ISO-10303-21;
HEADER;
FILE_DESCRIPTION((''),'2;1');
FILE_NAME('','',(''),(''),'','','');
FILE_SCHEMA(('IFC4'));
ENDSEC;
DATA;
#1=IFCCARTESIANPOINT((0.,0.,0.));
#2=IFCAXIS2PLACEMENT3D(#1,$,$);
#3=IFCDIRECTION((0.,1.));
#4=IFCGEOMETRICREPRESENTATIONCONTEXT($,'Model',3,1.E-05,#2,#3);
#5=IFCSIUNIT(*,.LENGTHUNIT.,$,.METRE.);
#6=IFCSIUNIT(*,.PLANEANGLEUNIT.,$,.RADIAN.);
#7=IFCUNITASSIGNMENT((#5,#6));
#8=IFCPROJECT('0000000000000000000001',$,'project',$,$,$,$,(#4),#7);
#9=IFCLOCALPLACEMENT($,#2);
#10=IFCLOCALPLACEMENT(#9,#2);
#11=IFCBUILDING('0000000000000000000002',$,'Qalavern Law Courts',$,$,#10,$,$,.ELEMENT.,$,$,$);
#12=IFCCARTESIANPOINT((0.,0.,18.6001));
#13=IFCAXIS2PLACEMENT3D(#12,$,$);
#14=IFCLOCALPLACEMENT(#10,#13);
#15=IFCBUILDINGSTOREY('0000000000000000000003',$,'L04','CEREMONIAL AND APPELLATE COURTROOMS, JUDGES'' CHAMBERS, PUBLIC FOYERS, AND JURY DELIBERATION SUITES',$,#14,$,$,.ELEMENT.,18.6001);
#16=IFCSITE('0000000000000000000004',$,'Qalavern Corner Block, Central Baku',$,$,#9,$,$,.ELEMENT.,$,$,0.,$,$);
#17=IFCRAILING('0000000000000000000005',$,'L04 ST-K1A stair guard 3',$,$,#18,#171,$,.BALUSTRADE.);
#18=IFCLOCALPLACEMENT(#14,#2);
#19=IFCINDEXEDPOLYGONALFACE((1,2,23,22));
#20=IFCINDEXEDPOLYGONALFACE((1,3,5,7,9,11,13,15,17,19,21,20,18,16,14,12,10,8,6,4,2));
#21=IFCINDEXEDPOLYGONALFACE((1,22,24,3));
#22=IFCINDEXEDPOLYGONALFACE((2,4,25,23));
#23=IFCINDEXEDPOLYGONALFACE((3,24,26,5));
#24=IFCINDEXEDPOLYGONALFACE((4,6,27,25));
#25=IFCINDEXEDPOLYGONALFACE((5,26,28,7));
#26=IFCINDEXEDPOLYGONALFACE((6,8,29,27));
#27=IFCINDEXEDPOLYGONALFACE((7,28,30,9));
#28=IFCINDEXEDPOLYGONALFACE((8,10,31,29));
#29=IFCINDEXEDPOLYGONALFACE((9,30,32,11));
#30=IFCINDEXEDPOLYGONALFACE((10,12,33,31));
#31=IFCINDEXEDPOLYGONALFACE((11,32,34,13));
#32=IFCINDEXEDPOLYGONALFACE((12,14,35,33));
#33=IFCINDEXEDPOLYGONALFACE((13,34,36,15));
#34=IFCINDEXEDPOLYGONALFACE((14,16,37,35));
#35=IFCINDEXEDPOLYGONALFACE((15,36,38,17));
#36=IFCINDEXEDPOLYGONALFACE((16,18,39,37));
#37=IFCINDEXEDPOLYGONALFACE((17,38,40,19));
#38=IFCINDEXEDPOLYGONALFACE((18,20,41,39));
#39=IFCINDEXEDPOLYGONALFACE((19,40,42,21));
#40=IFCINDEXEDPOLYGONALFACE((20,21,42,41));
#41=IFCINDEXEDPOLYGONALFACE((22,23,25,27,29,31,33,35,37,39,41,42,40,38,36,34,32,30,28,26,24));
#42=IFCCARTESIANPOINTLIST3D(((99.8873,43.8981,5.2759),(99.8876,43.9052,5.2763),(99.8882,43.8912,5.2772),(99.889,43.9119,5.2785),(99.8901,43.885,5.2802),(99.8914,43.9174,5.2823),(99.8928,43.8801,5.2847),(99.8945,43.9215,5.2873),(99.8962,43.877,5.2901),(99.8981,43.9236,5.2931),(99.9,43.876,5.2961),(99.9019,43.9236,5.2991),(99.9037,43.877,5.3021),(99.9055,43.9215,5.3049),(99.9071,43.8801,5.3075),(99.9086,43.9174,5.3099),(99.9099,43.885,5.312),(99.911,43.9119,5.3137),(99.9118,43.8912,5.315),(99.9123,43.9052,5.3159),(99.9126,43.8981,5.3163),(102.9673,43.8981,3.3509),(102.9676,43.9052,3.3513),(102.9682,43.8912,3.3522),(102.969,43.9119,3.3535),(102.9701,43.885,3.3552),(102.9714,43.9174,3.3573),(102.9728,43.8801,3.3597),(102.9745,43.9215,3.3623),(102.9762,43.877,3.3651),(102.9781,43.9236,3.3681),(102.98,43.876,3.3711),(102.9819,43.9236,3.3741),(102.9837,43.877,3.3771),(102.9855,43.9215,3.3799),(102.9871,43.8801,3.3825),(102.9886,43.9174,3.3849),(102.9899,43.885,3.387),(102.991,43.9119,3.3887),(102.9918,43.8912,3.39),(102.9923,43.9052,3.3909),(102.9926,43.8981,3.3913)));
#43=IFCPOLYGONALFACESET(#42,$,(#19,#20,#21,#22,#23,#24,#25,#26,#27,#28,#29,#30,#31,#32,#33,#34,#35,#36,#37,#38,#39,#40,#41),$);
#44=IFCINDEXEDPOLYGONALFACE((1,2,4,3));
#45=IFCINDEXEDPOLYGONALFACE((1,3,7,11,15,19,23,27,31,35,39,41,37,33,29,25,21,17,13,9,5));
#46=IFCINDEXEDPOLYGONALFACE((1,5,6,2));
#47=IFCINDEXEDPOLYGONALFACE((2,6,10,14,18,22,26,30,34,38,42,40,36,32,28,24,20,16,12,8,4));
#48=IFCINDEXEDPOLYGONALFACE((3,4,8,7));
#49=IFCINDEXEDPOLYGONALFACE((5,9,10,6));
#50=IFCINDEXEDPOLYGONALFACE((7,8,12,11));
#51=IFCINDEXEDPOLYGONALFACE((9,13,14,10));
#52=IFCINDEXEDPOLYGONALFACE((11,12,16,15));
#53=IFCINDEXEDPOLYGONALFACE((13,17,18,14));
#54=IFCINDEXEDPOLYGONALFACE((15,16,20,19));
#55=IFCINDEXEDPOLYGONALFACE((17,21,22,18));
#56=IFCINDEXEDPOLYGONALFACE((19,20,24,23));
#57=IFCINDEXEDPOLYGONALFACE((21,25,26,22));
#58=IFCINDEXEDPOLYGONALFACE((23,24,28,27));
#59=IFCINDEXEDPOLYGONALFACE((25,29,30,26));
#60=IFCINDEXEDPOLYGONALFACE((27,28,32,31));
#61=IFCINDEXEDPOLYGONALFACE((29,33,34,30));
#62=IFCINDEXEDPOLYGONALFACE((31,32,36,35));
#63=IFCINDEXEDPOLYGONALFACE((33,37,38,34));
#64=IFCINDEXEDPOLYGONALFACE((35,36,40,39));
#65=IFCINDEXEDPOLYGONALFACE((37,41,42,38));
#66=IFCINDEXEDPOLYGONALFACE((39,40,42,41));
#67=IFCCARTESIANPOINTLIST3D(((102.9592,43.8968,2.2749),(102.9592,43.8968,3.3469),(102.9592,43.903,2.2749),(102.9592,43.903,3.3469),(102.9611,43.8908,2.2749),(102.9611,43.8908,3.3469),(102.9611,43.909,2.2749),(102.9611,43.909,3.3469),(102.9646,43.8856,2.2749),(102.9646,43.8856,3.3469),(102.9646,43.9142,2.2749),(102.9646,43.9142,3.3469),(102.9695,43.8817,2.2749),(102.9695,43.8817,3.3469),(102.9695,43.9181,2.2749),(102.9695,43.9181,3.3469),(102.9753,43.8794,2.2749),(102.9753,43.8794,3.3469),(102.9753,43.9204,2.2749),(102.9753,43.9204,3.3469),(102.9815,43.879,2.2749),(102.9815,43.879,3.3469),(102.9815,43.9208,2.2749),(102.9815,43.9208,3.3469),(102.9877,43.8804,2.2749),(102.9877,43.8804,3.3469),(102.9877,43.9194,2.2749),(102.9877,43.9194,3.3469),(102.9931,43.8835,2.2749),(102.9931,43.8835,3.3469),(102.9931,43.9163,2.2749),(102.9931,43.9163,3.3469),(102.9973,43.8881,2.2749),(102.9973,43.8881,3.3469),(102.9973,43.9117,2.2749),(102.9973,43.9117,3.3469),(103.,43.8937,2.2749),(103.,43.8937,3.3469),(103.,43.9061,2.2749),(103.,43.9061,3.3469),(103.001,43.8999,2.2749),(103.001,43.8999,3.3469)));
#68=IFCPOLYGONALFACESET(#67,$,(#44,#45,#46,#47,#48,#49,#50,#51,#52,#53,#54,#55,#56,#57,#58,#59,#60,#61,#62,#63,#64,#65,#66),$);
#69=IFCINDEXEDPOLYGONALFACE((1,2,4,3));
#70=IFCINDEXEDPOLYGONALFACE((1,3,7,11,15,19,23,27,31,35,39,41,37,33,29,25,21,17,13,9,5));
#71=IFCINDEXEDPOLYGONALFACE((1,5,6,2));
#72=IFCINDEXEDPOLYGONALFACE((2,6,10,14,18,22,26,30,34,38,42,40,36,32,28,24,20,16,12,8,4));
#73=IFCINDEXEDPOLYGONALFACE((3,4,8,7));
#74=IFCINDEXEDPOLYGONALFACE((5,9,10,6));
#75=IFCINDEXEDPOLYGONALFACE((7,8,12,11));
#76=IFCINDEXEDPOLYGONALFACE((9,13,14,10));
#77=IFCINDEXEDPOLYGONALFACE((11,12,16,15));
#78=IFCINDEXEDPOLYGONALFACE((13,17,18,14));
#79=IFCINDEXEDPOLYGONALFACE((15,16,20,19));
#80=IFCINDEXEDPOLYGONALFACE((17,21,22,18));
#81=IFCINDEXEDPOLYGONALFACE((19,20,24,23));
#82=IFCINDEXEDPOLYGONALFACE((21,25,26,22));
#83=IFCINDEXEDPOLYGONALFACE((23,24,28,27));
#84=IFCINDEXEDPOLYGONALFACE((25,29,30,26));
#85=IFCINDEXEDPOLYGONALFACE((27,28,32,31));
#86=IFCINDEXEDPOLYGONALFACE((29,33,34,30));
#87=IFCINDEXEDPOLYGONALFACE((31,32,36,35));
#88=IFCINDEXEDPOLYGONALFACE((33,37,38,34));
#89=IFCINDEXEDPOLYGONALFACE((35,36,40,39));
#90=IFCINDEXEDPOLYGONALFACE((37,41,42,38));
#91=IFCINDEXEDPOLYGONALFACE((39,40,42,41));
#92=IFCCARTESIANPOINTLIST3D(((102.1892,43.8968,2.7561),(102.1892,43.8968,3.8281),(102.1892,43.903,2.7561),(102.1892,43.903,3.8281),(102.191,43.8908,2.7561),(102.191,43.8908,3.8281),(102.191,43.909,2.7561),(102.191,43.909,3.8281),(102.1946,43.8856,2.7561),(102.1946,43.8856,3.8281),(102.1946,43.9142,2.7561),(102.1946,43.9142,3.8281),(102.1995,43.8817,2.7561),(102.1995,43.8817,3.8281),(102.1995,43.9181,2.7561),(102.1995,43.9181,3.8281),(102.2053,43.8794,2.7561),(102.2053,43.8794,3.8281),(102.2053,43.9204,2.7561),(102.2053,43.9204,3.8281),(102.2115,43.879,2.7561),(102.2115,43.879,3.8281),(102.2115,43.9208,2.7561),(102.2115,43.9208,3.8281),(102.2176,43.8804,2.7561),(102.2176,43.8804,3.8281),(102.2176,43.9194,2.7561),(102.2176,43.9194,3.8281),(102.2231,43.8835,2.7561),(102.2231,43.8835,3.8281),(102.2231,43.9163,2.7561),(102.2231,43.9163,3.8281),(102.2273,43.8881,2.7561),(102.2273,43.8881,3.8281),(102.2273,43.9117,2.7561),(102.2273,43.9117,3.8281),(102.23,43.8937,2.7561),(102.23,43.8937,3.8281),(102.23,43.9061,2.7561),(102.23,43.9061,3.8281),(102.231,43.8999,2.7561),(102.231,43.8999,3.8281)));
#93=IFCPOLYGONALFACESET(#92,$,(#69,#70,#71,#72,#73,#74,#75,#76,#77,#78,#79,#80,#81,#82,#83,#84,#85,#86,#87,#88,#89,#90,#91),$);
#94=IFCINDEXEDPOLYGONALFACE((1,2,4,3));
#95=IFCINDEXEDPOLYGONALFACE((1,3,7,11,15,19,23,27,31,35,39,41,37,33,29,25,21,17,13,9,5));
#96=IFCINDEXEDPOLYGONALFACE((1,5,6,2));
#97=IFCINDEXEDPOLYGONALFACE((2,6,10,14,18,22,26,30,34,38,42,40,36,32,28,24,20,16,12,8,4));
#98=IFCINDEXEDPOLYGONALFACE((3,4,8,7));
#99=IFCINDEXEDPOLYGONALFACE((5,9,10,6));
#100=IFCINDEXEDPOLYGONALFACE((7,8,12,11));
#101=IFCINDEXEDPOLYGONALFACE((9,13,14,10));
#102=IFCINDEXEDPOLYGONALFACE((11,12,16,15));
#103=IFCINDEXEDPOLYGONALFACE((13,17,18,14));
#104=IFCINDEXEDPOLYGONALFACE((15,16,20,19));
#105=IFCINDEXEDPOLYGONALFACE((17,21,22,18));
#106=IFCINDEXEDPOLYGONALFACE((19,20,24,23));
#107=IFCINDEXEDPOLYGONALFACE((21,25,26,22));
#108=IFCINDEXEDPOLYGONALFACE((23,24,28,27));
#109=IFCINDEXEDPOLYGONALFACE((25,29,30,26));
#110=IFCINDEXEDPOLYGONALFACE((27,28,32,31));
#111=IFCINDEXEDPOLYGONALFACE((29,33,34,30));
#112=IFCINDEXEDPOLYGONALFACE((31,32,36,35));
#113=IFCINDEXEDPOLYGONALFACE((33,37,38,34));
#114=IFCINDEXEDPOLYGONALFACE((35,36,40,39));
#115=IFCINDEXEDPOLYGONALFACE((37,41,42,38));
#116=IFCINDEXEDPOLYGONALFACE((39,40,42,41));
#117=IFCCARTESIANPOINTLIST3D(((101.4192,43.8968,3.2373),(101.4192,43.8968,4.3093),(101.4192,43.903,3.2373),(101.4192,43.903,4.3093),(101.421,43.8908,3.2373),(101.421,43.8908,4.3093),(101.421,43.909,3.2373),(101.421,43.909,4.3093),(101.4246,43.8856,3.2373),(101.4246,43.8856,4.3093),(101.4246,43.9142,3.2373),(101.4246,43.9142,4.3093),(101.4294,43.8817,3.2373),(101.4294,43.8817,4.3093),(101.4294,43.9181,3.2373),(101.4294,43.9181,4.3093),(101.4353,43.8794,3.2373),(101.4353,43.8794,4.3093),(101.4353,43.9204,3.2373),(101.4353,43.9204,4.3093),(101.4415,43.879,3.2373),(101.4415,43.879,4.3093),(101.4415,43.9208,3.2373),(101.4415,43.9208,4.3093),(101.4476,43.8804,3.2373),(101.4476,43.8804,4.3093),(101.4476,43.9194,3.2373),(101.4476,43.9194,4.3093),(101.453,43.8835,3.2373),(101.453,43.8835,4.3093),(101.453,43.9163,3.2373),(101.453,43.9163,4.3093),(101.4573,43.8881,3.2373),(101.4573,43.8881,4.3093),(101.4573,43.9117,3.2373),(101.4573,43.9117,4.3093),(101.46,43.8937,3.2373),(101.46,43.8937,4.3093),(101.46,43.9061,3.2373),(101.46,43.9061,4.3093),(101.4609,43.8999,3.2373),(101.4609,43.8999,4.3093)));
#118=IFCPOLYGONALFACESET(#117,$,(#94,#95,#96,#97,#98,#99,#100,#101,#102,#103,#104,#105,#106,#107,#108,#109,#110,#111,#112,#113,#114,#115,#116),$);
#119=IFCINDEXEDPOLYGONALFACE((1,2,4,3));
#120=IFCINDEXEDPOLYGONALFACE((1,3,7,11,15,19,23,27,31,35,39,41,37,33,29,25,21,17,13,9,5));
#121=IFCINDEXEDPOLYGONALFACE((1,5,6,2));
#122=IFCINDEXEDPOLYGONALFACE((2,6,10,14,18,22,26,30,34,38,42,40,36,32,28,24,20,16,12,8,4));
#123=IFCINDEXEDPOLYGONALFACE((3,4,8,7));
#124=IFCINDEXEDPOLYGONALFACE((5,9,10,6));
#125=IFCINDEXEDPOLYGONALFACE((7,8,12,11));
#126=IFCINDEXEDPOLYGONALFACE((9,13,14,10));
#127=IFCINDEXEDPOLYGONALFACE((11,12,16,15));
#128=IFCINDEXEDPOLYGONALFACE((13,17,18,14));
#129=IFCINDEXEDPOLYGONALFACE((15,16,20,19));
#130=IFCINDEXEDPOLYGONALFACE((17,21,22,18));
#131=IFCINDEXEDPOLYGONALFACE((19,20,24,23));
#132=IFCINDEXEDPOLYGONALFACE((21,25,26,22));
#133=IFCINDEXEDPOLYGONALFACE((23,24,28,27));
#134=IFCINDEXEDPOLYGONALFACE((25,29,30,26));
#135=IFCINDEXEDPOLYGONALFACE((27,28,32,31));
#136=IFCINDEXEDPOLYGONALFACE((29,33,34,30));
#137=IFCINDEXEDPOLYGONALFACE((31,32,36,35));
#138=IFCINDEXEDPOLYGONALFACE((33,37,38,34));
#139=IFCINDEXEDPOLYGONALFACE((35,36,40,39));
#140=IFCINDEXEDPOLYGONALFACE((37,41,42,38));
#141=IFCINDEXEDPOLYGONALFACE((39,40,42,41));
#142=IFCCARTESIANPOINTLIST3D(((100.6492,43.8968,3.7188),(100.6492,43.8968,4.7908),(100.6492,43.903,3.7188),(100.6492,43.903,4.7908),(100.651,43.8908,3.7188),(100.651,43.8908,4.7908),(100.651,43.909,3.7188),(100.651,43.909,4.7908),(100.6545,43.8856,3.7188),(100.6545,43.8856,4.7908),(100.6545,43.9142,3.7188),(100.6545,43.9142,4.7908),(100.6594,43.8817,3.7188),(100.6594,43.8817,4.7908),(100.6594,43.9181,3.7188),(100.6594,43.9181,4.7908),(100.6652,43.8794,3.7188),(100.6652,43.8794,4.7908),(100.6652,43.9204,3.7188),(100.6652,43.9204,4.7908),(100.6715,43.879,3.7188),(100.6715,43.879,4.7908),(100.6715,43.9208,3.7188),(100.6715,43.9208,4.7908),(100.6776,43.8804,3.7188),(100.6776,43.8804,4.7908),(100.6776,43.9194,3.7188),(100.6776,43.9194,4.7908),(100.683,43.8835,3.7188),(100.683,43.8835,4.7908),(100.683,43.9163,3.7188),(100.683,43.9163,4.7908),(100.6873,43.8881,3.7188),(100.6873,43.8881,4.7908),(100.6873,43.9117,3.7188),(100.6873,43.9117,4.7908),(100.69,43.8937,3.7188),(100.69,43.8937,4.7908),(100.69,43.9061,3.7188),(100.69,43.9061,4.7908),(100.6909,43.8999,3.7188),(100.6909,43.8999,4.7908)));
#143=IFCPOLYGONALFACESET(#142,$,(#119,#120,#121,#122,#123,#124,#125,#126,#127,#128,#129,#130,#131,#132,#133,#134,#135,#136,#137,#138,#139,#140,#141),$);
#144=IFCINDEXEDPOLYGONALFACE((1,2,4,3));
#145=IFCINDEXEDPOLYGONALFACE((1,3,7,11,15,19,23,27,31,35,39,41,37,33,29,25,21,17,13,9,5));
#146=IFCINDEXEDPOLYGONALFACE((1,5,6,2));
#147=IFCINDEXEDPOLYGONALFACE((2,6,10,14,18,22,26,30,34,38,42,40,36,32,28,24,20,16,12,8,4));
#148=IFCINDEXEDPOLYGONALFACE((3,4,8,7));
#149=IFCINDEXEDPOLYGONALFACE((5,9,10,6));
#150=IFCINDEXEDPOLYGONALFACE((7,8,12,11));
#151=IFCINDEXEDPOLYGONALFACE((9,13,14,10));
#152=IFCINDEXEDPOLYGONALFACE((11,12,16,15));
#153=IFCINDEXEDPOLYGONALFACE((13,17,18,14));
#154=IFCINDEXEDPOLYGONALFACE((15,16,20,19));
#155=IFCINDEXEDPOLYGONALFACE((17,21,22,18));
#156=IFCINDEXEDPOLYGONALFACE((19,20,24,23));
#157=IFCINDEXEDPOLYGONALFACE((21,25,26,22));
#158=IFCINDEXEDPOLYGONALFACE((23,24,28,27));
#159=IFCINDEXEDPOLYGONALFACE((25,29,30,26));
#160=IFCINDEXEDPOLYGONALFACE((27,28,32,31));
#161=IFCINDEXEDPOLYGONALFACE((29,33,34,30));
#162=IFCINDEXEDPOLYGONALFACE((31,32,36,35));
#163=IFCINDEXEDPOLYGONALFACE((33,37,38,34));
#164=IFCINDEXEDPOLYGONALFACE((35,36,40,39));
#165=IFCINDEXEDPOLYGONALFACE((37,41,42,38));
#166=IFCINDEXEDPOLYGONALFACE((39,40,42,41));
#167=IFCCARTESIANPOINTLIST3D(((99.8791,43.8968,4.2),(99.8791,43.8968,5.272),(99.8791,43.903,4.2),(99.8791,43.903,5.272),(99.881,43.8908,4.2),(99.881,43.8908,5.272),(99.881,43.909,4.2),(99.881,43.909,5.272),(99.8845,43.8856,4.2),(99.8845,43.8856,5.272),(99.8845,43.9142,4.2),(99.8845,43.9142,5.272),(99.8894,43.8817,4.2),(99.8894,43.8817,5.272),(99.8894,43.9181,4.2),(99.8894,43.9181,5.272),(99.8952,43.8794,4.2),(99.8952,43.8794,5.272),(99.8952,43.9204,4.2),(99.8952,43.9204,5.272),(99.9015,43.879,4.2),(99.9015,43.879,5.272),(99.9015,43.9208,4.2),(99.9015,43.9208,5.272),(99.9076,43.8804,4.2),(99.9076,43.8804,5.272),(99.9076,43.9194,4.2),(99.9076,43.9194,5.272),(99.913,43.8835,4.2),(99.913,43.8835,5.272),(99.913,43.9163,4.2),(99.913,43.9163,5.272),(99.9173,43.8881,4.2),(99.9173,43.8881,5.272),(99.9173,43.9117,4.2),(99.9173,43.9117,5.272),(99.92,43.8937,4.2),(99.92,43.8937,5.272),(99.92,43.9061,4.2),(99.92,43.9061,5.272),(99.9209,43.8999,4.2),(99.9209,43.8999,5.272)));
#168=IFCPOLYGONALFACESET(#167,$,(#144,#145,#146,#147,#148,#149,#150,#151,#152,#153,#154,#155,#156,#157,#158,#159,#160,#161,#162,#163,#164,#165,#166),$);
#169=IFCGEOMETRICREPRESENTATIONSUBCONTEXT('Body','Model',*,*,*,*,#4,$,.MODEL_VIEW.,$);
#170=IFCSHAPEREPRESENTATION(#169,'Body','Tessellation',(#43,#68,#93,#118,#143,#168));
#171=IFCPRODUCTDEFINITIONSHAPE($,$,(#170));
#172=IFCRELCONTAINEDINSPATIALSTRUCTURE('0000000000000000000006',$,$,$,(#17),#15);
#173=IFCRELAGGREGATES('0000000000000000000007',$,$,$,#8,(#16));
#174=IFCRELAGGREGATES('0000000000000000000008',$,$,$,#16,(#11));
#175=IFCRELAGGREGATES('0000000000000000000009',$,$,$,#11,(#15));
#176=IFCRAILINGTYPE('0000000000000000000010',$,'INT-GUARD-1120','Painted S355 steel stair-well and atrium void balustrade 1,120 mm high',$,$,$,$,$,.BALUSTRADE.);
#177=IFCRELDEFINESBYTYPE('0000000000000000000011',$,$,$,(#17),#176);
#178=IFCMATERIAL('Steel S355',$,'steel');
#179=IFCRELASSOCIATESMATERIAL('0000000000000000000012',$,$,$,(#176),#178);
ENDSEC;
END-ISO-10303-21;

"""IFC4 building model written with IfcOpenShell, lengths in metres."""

from ifc_helpers import new_model, si_unit, direction, frame, origin, origin_2d, place, context, subcontext, project, spatial, circle, extrude, material, type_object, element, save


model = new_model("IFC4")

# Units and contexts
model_context = context("Model", 3, precision=1e-05, world=origin(), true_north=direction((0.0, 1.0)))
body_context = subcontext(model_context, "Body", "Model", "MODEL_VIEW")
ifc_project = project(units=[si_unit("LENGTHUNIT", "METRE"), si_unit("PLANEANGLEUNIT", "RADIAN")], contexts=[model_context])

# Site, building, storey
site_placement = place(None, origin())
site = spatial("IfcSite", under=ifc_project, at=site_placement, Name="Qalavern Corner Block, Central Baku", CompositionType="ELEMENT", RefElevation=0.0)
building_placement = place(site_placement, origin())
building = spatial("IfcBuilding", under=site, at=building_placement, Name="Qalavern Law Courts", CompositionType="ELEMENT")
storey_placement = place(building_placement, frame((0.0, 0.0, 18.6001)))
storey = spatial("IfcBuildingStorey", under=building, at=storey_placement, Name="L04", Description="CEREMONIAL AND APPELLATE COURTROOMS, JUDGES' CHAMBERS, PUBLIC FOYERS, AND JURY DELIBERATION SUITES", CompositionType="ELEMENT", Elevation=18.6001)

# Railing
ifc_material_1 = material(Name="Steel S355", Category="steel")
railing_type_1 = type_object("IfcRailingType", Name="INT-GUARD-1120", Description="Painted S355 steel stair-well and atrium void balustrade 1,120 mm high", PredefinedType="BALUSTRADE", material=ifc_material_1)
railing_1_placement = place(storey_placement, frame((102.98, 43.8999, 2.2749)))
element("IfcRailing", 1, at=railing_1_placement, inside=storey, type_object=railing_type_1, Name="L04 ST-K1A stair guard 3", PredefinedType="BALUSTRADE", context=body_context, shape_type="SweptSolid", body=[
    extrude(circle(Radius=0.0239, at=origin_2d()), frame((0.0, 0.0, 1.0962), z_axis=(-0.847998, 0.0, 0.529999), x_axis=(0.0, -1.0, 0.0)), (0.0, 0.0, 1.0), 3.6321),
    extrude(circle(Radius=0.021, at=origin_2d()), origin(), (0.0, 0.0, 1.0), 1.072),
    extrude(circle(Radius=0.021, at=origin_2d()), frame((-0.77, 0.0, 0.4812)), (0.0, 0.0, 1.0), 1.072),
    extrude(circle(Radius=0.021, at=origin_2d()), frame((-1.54, 0.0, 0.9624)), (0.0, 0.0, 1.0), 1.072),
    extrude(circle(Radius=0.021, at=origin_2d()), frame((-2.3101, 0.0, 1.4438)), (0.0, 0.0, 1.0), 1.072),
    extrude(circle(Radius=0.021, at=origin_2d()), frame((-3.0801, 0.0, 1.925)), (0.0, 0.0, 1.0), 1.072),
])

save(model, "model.ifc")
